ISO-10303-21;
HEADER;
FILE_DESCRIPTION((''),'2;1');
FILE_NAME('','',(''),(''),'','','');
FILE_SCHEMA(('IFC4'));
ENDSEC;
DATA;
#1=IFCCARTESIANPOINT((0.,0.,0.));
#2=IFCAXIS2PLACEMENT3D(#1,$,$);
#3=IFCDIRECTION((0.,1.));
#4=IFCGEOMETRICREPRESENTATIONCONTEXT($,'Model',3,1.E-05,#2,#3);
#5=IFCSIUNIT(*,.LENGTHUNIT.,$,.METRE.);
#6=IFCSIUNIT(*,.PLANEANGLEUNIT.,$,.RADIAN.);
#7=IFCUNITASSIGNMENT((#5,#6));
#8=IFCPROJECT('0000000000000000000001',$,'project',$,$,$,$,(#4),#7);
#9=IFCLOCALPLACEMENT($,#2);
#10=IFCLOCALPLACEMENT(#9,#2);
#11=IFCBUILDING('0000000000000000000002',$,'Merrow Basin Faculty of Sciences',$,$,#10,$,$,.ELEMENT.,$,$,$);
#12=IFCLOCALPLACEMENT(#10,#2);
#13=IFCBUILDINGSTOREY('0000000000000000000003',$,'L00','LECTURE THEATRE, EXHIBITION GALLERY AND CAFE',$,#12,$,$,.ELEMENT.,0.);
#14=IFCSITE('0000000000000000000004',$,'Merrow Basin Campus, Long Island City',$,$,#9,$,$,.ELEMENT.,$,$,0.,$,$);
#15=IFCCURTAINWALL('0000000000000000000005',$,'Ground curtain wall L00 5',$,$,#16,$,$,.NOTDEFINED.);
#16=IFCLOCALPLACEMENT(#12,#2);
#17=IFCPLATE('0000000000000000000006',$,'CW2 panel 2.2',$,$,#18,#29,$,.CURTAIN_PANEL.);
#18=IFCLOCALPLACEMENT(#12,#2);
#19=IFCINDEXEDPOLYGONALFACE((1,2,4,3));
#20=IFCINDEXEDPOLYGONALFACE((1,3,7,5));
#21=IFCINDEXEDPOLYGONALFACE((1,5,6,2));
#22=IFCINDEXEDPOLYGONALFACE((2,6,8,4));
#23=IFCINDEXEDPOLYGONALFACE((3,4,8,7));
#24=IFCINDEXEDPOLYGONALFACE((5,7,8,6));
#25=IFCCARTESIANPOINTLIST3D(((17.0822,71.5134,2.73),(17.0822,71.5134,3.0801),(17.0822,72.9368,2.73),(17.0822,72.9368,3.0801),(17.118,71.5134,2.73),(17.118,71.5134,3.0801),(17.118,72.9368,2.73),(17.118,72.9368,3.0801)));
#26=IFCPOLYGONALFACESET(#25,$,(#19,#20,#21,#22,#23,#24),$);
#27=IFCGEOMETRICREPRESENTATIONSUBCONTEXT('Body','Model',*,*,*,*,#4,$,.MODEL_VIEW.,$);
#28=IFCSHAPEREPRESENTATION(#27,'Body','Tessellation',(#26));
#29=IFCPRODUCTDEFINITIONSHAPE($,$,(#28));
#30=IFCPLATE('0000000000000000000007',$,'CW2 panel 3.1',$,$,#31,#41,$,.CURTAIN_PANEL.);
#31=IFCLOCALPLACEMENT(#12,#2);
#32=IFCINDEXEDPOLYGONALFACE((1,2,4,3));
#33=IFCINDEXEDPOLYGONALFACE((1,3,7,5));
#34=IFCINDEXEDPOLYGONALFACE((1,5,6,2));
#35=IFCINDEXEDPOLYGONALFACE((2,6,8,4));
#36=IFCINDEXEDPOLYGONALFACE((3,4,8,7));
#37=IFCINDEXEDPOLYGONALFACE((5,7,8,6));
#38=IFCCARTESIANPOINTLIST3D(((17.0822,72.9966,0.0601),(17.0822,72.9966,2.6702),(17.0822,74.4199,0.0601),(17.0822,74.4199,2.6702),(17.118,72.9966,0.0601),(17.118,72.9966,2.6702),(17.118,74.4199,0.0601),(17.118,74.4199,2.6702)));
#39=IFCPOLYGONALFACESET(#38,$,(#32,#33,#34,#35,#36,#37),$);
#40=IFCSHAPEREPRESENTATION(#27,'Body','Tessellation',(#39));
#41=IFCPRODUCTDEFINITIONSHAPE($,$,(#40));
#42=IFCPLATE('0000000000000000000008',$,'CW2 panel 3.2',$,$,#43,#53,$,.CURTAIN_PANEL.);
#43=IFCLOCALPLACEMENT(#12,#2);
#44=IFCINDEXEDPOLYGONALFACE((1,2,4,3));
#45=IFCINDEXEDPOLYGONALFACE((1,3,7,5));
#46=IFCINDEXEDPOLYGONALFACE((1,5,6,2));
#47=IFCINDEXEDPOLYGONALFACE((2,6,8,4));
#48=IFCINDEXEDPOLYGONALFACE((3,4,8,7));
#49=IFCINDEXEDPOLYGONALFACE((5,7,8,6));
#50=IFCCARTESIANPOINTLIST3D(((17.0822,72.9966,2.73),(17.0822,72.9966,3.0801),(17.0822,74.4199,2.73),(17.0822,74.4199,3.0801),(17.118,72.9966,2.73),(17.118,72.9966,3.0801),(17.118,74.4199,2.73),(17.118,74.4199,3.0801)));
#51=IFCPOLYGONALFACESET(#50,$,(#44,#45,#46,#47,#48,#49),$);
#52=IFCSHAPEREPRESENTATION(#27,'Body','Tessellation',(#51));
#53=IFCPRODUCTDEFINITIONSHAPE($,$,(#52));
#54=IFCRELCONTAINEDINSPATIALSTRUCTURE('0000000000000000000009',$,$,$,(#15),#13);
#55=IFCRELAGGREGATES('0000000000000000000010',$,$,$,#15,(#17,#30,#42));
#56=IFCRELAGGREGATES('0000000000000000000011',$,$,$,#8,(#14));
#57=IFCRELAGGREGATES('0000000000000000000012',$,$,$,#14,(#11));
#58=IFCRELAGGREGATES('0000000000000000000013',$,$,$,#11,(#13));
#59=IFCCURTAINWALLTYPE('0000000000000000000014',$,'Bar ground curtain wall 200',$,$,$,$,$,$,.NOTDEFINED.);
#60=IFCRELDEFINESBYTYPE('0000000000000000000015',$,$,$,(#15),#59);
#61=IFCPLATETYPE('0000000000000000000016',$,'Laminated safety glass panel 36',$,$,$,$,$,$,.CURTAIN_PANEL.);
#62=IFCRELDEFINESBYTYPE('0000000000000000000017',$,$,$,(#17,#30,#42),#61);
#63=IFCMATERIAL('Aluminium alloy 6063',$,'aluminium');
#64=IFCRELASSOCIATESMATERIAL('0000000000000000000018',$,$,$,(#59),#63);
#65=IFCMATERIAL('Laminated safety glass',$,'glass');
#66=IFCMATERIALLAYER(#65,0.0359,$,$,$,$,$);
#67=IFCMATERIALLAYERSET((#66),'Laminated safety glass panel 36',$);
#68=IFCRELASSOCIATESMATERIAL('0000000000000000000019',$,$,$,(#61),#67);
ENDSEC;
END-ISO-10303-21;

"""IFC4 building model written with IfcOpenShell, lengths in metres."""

from ifc_helpers import new_model, si_unit, direction, frame, origin, origin_2d, place, context, subcontext, project, spatial, rectangle, extrude, material, layer, layer_set, type_object, element, aggregate, save


model = new_model("IFC4")

# Units and contexts
model_context = context("Model", 3, precision=1e-05, world=origin(), true_north=direction((0.0, 1.0)))
body_context = subcontext(model_context, "Body", "Model", "MODEL_VIEW")
ifc_project = project(units=[si_unit("LENGTHUNIT", "METRE"), si_unit("PLANEANGLEUNIT", "RADIAN")], contexts=[model_context])

# Site, building, storey
site_placement = place(None, origin())
site = spatial("IfcSite", under=ifc_project, at=site_placement, Name="Merrow Basin Campus, Long Island City", CompositionType="ELEMENT", RefElevation=0.0)
building_placement = place(site_placement, origin())
building = spatial("IfcBuilding", under=site, at=building_placement, Name="Merrow Basin Faculty of Sciences", CompositionType="ELEMENT")
storey_placement = place(building_placement, origin())
storey = spatial("IfcBuildingStorey", under=building, at=storey_placement, Name="L00", Description="LECTURE THEATRE, EXHIBITION GALLERY AND CAFE", CompositionType="ELEMENT", Elevation=0.0)

# Curtain wall, plates
ifc_material_1 = material(Name="Aluminium alloy 6063", Category="aluminium")
curtain_wall_type = type_object("IfcCurtainWallType", Name="Bar ground curtain wall 200", PredefinedType="NOTDEFINED", material=ifc_material_1)
curtain_wall_placement = place(storey_placement, origin())
curtain_wall = element("IfcCurtainWall", 1, at=curtain_wall_placement, inside=storey, type_object=curtain_wall_type, Name="Ground curtain wall L00 5", PredefinedType="NOTDEFINED")
ifc_material_2 = material(Name="Laminated safety glass", Category="glass")
ifc_layer = layer(ifc_material_2, 0.0359)
ifc_layer_set = layer_set([ifc_layer], Name="Laminated safety glass panel 36")
plate_type = type_object("IfcPlateType", Name="Laminated safety glass panel 36", PredefinedType="CURTAIN_PANEL", material=ifc_layer_set)
plate_1_placement = place(storey_placement, frame((17.1001, 72.2251, 2.73), z_axis=(0.0, 0.0, 1.0), x_axis=(0.0, 1.0, 0.0)))
plate_1 = element("IfcPlate", 2, at=plate_1_placement, type_object=plate_type, Name="CW2 panel 2.2", PredefinedType="CURTAIN_PANEL", context=body_context, shape_type="SweptSolid", body=[
    extrude(rectangle(XDim=1.4233, YDim=0.0359, at=origin_2d()), origin(), (0.0, 0.0, 1.0), 0.3501),
])
plate_2_placement = place(storey_placement, frame((17.1001, 73.7083, 0.0601), z_axis=(0.0, 0.0, 1.0), x_axis=(0.0, 1.0, 0.0)))
plate_2 = element("IfcPlate", 3, at=plate_2_placement, type_object=plate_type, Name="CW2 panel 3.1", PredefinedType="CURTAIN_PANEL", context=body_context, shape_type="SweptSolid", body=[
    extrude(rectangle(XDim=1.4233, YDim=0.0359, at=origin_2d()), origin(), (0.0, 0.0, 1.0), 2.6101),
])
plate_3_placement = place(storey_placement, frame((17.1001, 73.7083, 2.73), z_axis=(0.0, 0.0, 1.0), x_axis=(0.0, 1.0, 0.0)))
plate_3 = element("IfcPlate", 4, at=plate_3_placement, type_object=plate_type, Name="CW2 panel 3.2", PredefinedType="CURTAIN_PANEL", context=body_context, shape_type="SweptSolid", body=[
    extrude(rectangle(XDim=1.4233, YDim=0.0359, at=origin_2d()), origin(), (0.0, 0.0, 1.0), 0.3501),
])
aggregate(curtain_wall, [plate_1, plate_2, plate_3])

save(model, "model.ifc")
